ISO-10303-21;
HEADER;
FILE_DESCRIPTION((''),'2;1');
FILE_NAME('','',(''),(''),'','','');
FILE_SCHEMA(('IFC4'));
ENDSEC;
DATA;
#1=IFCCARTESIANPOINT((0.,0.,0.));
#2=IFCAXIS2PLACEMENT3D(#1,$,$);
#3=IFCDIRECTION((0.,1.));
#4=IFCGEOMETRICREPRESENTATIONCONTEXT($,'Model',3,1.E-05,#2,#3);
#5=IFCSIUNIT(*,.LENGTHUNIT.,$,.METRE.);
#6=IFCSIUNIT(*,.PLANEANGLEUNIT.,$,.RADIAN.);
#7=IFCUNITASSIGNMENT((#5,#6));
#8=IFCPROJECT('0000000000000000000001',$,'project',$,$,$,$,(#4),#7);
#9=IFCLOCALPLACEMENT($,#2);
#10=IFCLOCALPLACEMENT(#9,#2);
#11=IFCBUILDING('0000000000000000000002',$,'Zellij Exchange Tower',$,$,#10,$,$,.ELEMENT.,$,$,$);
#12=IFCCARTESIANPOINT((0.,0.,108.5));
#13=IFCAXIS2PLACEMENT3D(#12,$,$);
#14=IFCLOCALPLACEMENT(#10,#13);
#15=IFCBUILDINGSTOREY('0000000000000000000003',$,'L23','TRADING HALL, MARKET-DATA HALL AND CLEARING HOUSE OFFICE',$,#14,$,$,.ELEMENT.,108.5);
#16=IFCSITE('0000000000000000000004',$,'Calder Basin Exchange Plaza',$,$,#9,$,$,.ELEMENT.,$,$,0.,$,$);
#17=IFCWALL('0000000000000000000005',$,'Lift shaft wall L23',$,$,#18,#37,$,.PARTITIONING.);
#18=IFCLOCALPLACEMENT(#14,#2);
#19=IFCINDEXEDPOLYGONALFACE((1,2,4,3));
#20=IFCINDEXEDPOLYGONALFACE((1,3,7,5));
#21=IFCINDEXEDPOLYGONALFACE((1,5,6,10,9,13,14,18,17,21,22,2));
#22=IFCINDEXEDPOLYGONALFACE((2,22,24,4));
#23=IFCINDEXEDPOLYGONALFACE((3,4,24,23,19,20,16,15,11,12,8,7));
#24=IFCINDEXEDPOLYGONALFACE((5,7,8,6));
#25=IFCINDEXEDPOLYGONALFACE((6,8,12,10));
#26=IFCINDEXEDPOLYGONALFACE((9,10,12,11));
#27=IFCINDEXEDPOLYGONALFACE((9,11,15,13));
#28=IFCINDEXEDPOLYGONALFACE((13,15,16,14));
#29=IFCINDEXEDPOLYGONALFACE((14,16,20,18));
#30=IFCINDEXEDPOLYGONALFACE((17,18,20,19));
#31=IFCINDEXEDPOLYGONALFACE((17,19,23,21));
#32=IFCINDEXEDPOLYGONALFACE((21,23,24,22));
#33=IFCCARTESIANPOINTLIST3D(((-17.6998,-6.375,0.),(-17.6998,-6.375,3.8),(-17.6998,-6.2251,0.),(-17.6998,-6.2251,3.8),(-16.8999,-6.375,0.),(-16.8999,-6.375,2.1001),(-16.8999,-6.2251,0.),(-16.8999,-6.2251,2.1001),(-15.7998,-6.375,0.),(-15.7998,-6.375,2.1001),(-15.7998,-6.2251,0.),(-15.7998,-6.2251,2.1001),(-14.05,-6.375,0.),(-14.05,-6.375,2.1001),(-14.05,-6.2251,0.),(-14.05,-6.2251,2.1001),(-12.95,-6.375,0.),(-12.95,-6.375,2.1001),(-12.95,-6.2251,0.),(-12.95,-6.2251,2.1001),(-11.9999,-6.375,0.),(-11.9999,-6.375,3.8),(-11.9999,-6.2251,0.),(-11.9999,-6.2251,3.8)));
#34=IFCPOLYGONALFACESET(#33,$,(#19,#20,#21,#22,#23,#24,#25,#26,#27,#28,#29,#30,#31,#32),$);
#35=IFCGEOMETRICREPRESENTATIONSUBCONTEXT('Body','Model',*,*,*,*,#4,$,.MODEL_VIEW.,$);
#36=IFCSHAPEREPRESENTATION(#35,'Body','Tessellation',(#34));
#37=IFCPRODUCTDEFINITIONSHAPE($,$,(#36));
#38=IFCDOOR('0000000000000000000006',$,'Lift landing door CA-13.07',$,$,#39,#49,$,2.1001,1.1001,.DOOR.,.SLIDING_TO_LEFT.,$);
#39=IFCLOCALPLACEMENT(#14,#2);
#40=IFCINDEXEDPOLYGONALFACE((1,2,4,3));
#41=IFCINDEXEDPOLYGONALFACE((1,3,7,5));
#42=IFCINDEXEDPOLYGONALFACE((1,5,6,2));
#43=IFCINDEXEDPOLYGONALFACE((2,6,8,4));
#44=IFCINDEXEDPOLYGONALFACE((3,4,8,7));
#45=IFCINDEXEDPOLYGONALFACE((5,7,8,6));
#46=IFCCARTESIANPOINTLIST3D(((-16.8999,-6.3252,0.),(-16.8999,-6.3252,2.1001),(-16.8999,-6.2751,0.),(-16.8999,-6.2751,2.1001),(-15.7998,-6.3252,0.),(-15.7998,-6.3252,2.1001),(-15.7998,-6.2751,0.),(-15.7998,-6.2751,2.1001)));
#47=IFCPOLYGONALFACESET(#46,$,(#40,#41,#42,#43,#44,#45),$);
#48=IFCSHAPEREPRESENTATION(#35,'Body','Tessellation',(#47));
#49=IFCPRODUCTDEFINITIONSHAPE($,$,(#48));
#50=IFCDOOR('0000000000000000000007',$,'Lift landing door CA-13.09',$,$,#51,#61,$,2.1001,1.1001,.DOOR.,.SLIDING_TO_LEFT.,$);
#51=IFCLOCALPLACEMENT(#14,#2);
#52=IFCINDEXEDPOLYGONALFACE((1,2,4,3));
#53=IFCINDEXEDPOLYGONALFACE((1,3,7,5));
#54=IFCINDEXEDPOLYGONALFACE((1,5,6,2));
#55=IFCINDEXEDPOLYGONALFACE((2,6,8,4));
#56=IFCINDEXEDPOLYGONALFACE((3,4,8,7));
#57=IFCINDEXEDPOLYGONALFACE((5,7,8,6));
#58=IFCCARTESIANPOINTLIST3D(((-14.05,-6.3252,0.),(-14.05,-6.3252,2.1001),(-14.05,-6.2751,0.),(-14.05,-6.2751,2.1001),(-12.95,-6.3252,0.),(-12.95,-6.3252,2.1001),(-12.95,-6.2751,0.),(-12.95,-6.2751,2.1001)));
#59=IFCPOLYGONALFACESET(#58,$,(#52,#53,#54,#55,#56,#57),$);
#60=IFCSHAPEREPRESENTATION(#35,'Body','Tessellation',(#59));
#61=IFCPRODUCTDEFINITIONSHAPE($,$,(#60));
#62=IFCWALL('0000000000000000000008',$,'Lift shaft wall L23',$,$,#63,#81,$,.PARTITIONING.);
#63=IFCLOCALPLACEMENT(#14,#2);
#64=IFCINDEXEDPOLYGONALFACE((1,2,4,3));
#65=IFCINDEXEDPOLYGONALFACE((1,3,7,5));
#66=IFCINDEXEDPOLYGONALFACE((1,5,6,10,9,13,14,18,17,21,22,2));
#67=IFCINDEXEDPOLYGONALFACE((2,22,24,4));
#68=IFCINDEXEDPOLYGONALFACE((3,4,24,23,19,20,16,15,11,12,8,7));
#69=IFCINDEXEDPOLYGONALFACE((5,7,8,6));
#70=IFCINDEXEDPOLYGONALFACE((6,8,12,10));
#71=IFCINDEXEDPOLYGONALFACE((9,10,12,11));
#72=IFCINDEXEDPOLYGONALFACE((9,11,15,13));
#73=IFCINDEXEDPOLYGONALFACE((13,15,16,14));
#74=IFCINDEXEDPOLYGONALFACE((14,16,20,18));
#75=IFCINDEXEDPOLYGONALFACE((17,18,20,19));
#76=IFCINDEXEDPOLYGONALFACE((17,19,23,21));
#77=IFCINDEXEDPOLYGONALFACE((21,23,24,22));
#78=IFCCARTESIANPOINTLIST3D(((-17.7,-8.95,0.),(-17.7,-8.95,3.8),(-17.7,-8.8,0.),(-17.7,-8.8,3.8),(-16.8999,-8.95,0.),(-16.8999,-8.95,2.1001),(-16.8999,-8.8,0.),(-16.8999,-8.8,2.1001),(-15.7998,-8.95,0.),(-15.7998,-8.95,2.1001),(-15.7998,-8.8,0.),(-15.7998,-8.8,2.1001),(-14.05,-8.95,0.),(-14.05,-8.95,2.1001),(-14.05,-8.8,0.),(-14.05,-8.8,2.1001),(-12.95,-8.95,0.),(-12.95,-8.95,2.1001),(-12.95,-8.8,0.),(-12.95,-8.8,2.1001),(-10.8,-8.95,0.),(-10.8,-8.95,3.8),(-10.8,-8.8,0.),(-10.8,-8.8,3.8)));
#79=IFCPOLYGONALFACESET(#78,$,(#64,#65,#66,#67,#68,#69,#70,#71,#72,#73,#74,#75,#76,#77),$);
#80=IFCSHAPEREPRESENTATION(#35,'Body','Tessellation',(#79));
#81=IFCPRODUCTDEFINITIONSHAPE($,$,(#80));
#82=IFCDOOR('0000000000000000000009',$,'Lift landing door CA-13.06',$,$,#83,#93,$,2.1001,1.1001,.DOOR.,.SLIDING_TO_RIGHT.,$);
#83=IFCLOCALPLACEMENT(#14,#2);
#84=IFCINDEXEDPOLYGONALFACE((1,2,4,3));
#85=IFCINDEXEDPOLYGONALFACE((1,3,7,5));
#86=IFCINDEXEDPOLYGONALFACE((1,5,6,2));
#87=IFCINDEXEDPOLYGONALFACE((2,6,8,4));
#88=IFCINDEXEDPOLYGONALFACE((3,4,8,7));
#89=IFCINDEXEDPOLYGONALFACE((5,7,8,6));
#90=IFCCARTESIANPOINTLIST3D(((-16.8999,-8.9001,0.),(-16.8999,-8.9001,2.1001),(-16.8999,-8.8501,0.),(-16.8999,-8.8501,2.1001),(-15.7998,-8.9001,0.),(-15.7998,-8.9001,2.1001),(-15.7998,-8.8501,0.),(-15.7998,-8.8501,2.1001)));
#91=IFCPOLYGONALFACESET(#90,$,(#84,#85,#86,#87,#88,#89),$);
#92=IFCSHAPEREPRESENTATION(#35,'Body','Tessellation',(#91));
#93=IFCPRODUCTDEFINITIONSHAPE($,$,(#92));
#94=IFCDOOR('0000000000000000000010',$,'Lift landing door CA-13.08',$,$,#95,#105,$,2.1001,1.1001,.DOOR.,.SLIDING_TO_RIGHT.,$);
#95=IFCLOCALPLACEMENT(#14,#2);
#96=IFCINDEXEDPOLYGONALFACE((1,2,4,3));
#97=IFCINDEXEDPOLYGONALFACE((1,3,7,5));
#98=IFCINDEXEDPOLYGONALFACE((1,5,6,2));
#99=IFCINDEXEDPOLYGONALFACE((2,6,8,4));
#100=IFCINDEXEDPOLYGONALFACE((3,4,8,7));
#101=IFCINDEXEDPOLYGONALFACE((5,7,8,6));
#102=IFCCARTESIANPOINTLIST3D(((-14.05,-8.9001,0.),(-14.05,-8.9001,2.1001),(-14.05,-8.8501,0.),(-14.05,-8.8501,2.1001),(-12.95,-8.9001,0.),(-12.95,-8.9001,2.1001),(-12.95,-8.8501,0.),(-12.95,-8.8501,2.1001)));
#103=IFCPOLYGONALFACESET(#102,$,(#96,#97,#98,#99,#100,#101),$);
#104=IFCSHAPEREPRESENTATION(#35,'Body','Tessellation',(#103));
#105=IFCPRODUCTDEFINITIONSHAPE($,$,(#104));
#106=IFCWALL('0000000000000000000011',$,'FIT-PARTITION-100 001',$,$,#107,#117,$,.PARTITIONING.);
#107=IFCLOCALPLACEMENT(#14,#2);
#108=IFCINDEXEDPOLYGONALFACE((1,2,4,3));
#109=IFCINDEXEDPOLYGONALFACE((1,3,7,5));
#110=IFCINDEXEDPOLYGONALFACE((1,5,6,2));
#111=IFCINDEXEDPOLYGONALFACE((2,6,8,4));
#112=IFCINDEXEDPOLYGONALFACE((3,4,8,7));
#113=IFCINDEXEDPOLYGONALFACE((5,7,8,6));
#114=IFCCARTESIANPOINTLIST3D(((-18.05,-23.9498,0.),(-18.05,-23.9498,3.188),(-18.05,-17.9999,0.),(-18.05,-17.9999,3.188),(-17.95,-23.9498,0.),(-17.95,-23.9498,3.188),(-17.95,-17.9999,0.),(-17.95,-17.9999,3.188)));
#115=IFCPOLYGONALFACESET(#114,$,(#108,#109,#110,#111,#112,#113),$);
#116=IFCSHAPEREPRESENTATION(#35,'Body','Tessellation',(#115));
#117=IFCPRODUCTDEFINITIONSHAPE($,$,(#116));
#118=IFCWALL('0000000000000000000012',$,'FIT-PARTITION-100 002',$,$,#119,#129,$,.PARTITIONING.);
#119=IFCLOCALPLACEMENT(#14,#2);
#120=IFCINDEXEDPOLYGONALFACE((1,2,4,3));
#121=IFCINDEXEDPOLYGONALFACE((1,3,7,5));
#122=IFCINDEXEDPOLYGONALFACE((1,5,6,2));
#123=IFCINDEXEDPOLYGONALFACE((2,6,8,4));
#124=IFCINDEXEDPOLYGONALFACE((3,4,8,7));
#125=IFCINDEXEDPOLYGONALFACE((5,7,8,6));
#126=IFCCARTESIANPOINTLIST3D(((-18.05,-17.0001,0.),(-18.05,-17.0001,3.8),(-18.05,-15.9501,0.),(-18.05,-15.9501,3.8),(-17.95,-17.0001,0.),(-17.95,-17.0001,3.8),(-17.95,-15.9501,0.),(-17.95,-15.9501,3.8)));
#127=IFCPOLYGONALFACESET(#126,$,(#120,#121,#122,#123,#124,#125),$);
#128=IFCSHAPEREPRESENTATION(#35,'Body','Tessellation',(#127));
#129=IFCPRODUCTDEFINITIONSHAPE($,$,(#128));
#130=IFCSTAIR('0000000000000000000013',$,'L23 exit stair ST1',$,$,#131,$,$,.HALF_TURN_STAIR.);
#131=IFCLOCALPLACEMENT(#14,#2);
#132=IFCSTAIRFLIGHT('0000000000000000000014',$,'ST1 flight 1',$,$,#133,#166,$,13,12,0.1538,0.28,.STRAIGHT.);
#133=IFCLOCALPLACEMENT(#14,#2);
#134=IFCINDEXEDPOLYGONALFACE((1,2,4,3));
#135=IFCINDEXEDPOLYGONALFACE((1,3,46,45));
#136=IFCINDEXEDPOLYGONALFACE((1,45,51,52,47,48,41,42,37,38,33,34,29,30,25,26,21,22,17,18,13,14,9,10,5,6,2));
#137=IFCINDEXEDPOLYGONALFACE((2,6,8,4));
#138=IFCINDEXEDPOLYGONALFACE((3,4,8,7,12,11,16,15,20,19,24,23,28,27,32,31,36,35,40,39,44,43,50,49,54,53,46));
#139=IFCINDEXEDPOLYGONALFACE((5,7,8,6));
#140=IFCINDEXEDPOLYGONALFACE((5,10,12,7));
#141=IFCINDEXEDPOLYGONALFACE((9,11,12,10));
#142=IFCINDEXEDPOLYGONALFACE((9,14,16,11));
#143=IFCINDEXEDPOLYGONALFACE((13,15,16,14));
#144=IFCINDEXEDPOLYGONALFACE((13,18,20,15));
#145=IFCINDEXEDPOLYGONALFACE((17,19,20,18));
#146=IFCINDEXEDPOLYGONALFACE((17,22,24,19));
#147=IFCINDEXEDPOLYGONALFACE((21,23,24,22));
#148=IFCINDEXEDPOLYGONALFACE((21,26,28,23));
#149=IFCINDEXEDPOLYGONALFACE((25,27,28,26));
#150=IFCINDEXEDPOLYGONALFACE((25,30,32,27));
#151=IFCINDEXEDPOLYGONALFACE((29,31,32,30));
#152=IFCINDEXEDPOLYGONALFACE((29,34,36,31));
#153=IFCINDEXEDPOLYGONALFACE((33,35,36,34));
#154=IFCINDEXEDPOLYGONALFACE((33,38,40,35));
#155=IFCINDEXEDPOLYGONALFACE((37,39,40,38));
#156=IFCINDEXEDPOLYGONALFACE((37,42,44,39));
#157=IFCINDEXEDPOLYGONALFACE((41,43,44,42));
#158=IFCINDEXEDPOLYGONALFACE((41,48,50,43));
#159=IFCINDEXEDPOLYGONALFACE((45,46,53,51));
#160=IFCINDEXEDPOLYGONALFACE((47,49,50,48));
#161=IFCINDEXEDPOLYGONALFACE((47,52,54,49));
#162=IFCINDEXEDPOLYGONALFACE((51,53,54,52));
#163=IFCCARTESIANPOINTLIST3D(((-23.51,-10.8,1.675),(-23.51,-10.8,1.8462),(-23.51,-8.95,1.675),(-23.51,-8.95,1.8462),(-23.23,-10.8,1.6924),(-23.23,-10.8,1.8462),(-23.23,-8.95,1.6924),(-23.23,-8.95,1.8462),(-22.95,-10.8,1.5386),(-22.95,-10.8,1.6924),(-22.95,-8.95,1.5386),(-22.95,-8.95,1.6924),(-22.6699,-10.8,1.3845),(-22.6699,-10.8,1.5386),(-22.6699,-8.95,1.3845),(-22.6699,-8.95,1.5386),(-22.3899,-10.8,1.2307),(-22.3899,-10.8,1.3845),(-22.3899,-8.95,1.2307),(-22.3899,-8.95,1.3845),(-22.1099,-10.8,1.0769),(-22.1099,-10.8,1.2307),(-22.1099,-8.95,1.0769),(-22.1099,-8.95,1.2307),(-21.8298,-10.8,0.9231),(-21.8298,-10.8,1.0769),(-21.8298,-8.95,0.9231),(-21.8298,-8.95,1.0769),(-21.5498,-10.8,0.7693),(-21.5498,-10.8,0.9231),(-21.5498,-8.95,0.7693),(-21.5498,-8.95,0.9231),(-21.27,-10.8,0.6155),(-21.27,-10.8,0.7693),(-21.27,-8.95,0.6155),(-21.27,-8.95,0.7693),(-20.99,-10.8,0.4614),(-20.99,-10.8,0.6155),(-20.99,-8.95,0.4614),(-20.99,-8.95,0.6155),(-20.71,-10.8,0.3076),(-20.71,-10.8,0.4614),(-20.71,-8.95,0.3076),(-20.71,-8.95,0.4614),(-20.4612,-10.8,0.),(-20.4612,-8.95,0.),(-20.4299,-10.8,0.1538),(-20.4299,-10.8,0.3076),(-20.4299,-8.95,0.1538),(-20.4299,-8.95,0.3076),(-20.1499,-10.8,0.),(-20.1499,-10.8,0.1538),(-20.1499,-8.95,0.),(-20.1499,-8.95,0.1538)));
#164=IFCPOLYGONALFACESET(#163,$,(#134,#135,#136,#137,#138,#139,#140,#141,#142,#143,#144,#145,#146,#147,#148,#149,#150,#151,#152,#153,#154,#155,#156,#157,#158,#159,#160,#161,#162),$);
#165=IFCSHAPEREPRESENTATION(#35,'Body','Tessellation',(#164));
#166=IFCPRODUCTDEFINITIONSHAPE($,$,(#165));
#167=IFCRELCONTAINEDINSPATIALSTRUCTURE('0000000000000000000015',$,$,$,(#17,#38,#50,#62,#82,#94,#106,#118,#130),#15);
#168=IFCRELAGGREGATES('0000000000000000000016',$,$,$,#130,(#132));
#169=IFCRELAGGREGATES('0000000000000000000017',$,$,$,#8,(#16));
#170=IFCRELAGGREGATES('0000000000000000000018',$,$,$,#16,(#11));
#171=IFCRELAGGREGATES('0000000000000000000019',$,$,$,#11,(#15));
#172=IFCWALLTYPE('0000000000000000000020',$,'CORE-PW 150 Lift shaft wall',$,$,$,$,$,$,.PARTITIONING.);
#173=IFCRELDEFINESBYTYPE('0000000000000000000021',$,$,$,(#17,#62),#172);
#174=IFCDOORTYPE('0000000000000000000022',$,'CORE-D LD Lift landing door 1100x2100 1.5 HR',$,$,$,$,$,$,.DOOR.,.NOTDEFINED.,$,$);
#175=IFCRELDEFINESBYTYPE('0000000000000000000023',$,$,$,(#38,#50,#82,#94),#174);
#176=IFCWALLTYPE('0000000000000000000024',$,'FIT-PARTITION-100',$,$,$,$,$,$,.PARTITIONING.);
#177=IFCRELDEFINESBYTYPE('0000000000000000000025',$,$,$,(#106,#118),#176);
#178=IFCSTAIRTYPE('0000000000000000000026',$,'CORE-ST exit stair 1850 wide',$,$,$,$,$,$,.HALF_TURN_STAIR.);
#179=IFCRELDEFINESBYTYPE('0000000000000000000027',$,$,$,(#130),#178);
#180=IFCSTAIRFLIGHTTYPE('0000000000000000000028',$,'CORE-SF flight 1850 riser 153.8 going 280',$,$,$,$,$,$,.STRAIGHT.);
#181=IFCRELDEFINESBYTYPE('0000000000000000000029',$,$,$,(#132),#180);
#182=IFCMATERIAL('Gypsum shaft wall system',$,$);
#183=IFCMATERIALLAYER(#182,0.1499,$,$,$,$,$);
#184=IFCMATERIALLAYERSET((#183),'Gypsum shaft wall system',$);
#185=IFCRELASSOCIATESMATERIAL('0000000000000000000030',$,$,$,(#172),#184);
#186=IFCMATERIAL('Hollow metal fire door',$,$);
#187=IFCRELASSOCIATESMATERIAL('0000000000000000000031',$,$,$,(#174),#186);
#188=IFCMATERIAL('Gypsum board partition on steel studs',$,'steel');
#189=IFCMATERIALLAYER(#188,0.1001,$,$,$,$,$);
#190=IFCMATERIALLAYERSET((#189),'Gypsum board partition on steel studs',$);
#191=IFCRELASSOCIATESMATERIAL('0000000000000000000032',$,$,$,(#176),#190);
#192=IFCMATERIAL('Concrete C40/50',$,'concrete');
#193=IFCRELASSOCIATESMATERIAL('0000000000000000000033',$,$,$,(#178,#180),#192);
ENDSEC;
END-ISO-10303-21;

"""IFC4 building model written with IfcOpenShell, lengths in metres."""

from ifc_helpers import new_model, si_unit, direction, frame, frame_2d, origin, place, context, subcontext, project, spatial, polyline, rectangle, outline, extrude, material, layer, layer_set, type_object, element, fill, aggregate, save


model = new_model("IFC4")

# Units and contexts
model_context = context("Model", 3, precision=1e-05, world=origin(), true_north=direction((0.0, 1.0)))
body_context = subcontext(model_context, "Body", "Model", "MODEL_VIEW")
ifc_project = project(units=[si_unit("LENGTHUNIT", "METRE"), si_unit("PLANEANGLEUNIT", "RADIAN")], contexts=[model_context])

# Site, building, storey
site_placement = place(None, origin())
site = spatial("IfcSite", under=ifc_project, at=site_placement, Name="Calder Basin Exchange Plaza", CompositionType="ELEMENT", RefElevation=0.0)
building_placement = place(site_placement, origin())
building = spatial("IfcBuilding", under=site, at=building_placement, Name="Zellij Exchange Tower", CompositionType="ELEMENT")
storey_placement = place(building_placement, frame((0.0, 0.0, 108.5)))
storey = spatial("IfcBuildingStorey", under=building, at=storey_placement, Name="L23", Description="TRADING HALL, MARKET-DATA HALL AND CLEARING HOUSE OFFICE", CompositionType="ELEMENT", Elevation=108.5)

# Shared definitions
ifc_material_1 = material(Name="Hollow metal fire door")

# Shared definitions
ifc_material_2 = material(Name="Gypsum shaft wall system")
ifc_layer_1 = layer(ifc_material_2, 0.1499)
ifc_layer_set_1 = layer_set([ifc_layer_1], Name="Gypsum shaft wall system")
wall_type_1 = type_object("IfcWallType", Name="CORE-PW 150 Lift shaft wall", PredefinedType="PARTITIONING", material=ifc_layer_set_1)

# Walls, openings, doors
wall_1_placement = place(storey_placement, frame((-17.7, -6.3, 0.0), z_axis=(0.0, 0.0, 1.0), x_axis=(1.0, 0.0, 0.0)))
wall_1 = element("IfcWall", 1, at=wall_1_placement, inside=storey, type_object=wall_type_1, Name="Lift shaft wall L23", PredefinedType="PARTITIONING", context=body_context, shape_type="SweptSolid", body=[
    extrude(rectangle(XDim=5.7, YDim=0.1499, at=frame_2d((2.8501, 0.0))), origin(), (0.0, 0.0, 1.0), 3.8),
])
opening_1_placement = place(wall_1_placement, frame((0.8, 0.0, 0.0)))
opening_1 = element("IfcOpeningElement", 2, at=opening_1_placement, cuts=wall_1, PredefinedType="OPENING", context=body_context, shape_type="SweptSolid", body=[
    extrude(rectangle(XDim=1.1001, YDim=2.1001, at=frame_2d((0.55, 1.05))), frame((0.0, 0.0869, 0.0), z_axis=(0.0, -1.0, 0.0), x_axis=(1.0, 0.0, 0.0)), (0.0, 0.0, 1.0), 0.1738),
])
opening_2_placement = place(wall_1_placement, frame((3.6499, 0.0, 0.0)))
opening_2 = element("IfcOpeningElement", 3, at=opening_2_placement, cuts=wall_1, PredefinedType="OPENING", context=body_context, shape_type="SweptSolid", body=[
    extrude(rectangle(XDim=1.1001, YDim=2.1001, at=frame_2d((0.55, 1.05))), frame((0.0, 0.0869, 0.0), z_axis=(0.0, -1.0, 0.0), x_axis=(1.0, 0.0, 0.0)), (0.0, 0.0, 1.0), 0.1738),
])
door_type_1 = type_object("IfcDoorType", Name="CORE-D LD Lift landing door 1100x2100 1.5 HR", OperationType="NOTDEFINED", PredefinedType="DOOR", material=ifc_material_1)
door_1_placement = place(opening_1_placement, origin())
door_1 = element("IfcDoor", 4, at=door_1_placement, inside=storey, type_object=door_type_1, Name="Lift landing door CA-13.07", OperationType="SLIDING_TO_LEFT", OverallHeight=2.1001, OverallWidth=1.1001, PredefinedType="DOOR", context=body_context, shape_type="SweptSolid", body=[
    extrude(rectangle(XDim=1.1001, YDim=2.1001, at=frame_2d((0.55, 1.05))), frame((0.0, 0.0249, 0.0), z_axis=(0.0, -1.0, 0.0), x_axis=(1.0, 0.0, 0.0)), (0.0, 0.0, 1.0), 0.05),
])
fill(opening_1, door_1)
door_2_placement = place(opening_2_placement, origin())
door_2 = element("IfcDoor", 5, at=door_2_placement, inside=storey, type_object=door_type_1, Name="Lift landing door CA-13.09", OperationType="SLIDING_TO_LEFT", OverallHeight=2.1001, OverallWidth=1.1001, PredefinedType="DOOR", context=body_context, shape_type="SweptSolid", body=[
    extrude(rectangle(XDim=1.1001, YDim=2.1001, at=frame_2d((0.55, 1.05))), frame((0.0, 0.0249, 0.0), z_axis=(0.0, -1.0, 0.0), x_axis=(1.0, 0.0, 0.0)), (0.0, 0.0, 1.0), 0.05),
])
fill(opening_2, door_2)
wall_2_placement = place(storey_placement, frame((-17.7, -8.875, 0.0), z_axis=(0.0, 0.0, 1.0), x_axis=(1.0, 0.0, 0.0)))
wall_2 = element("IfcWall", 6, at=wall_2_placement, inside=storey, type_object=wall_type_1, Name="Lift shaft wall L23", PredefinedType="PARTITIONING", context=body_context, shape_type="SweptSolid", body=[
    extrude(rectangle(XDim=6.8999, YDim=0.1499, at=frame_2d((3.45, 0.0))), origin(), (0.0, 0.0, 1.0), 3.8),
])
opening_3_placement = place(wall_2_placement, frame((0.8, 0.0, 0.0)))
opening_3 = element("IfcOpeningElement", 7, at=opening_3_placement, cuts=wall_2, PredefinedType="OPENING", context=body_context, shape_type="SweptSolid", body=[
    extrude(rectangle(XDim=1.1001, YDim=2.1001, at=frame_2d((0.55, 1.05))), frame((0.0, 0.0869, 0.0), z_axis=(0.0, -1.0, 0.0), x_axis=(1.0, 0.0, 0.0)), (0.0, 0.0, 1.0), 0.1738),
])
opening_4_placement = place(wall_2_placement, frame((3.6499, 0.0, 0.0)))
opening_4 = element("IfcOpeningElement", 8, at=opening_4_placement, cuts=wall_2, PredefinedType="OPENING", context=body_context, shape_type="SweptSolid", body=[
    extrude(rectangle(XDim=1.1001, YDim=2.1001, at=frame_2d((0.55, 1.05))), frame((0.0, 0.0869, 0.0), z_axis=(0.0, -1.0, 0.0), x_axis=(1.0, 0.0, 0.0)), (0.0, 0.0, 1.0), 0.1738),
])
door_3_placement = place(opening_3_placement, origin())
door_3 = element("IfcDoor", 9, at=door_3_placement, inside=storey, type_object=door_type_1, Name="Lift landing door CA-13.06", OperationType="SLIDING_TO_RIGHT", OverallHeight=2.1001, OverallWidth=1.1001, PredefinedType="DOOR", context=body_context, shape_type="SweptSolid", body=[
    extrude(rectangle(XDim=1.1001, YDim=2.1001, at=frame_2d((0.55, 1.05))), frame((0.0, 0.0249, 0.0), z_axis=(0.0, -1.0, 0.0), x_axis=(1.0, 0.0, 0.0)), (0.0, 0.0, 1.0), 0.05),
])
fill(opening_3, door_3)
door_4_placement = place(opening_4_placement, origin())
door_4 = element("IfcDoor", 10, at=door_4_placement, inside=storey, type_object=door_type_1, Name="Lift landing door CA-13.08", OperationType="SLIDING_TO_RIGHT", OverallHeight=2.1001, OverallWidth=1.1001, PredefinedType="DOOR", context=body_context, shape_type="SweptSolid", body=[
    extrude(rectangle(XDim=1.1001, YDim=2.1001, at=frame_2d((0.55, 1.05))), frame((0.0, 0.0249, 0.0), z_axis=(0.0, -1.0, 0.0), x_axis=(1.0, 0.0, 0.0)), (0.0, 0.0, 1.0), 0.05),
])
fill(opening_4, door_4)

# Walls
ifc_material_3 = material(Name="Gypsum board partition on steel studs", Category="steel")
ifc_layer_2 = layer(ifc_material_3, 0.1001)
ifc_layer_set_2 = layer_set([ifc_layer_2], Name="Gypsum board partition on steel studs")
wall_type_2 = type_object("IfcWallType", Name="FIT-PARTITION-100", PredefinedType="PARTITIONING", material=ifc_layer_set_2)
wall_3_placement = place(storey_placement, frame((-18.0, -23.95, 0.0), z_axis=(0.0, 0.0, 1.0), x_axis=(0.0, 1.0, 0.0)))
element("IfcWall", 11, at=wall_3_placement, inside=storey, type_object=wall_type_2, Name="FIT-PARTITION-100 001", PredefinedType="PARTITIONING", context=body_context, shape_type="SweptSolid", body=[
    extrude(rectangle(XDim=5.95, YDim=0.1001, at=frame_2d((2.9751, 0.0))), origin(), (0.0, 0.0, 1.0), 3.188),
])
wall_4_placement = place(storey_placement, frame((-18.0, -17.0, 0.0), z_axis=(0.0, 0.0, 1.0), x_axis=(0.0, 1.0, 0.0)))
element("IfcWall", 12, at=wall_4_placement, inside=storey, type_object=wall_type_2, Name="FIT-PARTITION-100 002", PredefinedType="PARTITIONING", context=body_context, shape_type="SweptSolid", body=[
    extrude(rectangle(XDim=1.05, YDim=0.1001, at=frame_2d((0.5249, 0.0))), origin(), (0.0, 0.0, 1.0), 3.8),
])

# Stair, stair flight
ifc_material_4 = material(Name="Concrete C40/50", Category="concrete")
stair_type = type_object("IfcStairType", Name="CORE-ST exit stair 1850 wide", PredefinedType="HALF_TURN_STAIR", material=ifc_material_4)
stair_placement = place(storey_placement, origin())
stair = element("IfcStair", 13, at=stair_placement, inside=storey, type_object=stair_type, Name="L23 exit stair ST1", PredefinedType="HALF_TURN_STAIR")
stair_flight_type = type_object("IfcStairFlightType", Name="CORE-SF flight 1850 riser 153.8 going 280", PredefinedType="STRAIGHT", material=ifc_material_4)
stair_flight_placement = place(storey_placement, frame((-20.1499, -9.875, 0.0), z_axis=(0.0, 0.0, 1.0), x_axis=(-1.0, 0.0, 0.0)))
stair_flight = element("IfcStairFlight", 14, at=stair_flight_placement, type_object=stair_flight_type, Name="ST1 flight 1", NumberOfRisers=13, NumberOfTreads=12, PredefinedType="STRAIGHT", RiserHeight=0.1538, TreadLength=0.28, context=body_context, shape_type="SweptSolid", body=[
    extrude(outline(polyline([(0.0, 0.0), (0.0, 0.1538), (0.28, 0.1538), (0.28, 0.3076), (0.5601, 0.3076), (0.5601, 0.4614), (0.8401, 0.4614), (0.8401, 0.6155), (1.1201, 0.6155), (1.1201, 0.7693), (1.3999, 0.7693), (1.3999, 0.9231), (1.6799, 0.9231), (1.6799, 1.0769), (1.96, 1.0769), (1.96, 1.2307), (2.24, 1.2307), (2.24, 1.3845), (2.52, 1.3845), (2.52, 1.5386), (2.8, 1.5386), (2.8, 1.6924), (3.0801, 1.6924), (3.0801, 1.8462), (3.3601, 1.8462), (3.3601, 2.0), (3.3601, 1.675), (0.3113, 0.0), (0.0, 0.0)])), frame((0.0, 0.925, 0.0), z_axis=(0.0, -1.0, 0.0), x_axis=(1.0, 0.0, 0.0)), (0.0, 0.0, 1.0), 1.8501),
])
aggregate(stair, [stair_flight])

save(model, "model.ifc")
